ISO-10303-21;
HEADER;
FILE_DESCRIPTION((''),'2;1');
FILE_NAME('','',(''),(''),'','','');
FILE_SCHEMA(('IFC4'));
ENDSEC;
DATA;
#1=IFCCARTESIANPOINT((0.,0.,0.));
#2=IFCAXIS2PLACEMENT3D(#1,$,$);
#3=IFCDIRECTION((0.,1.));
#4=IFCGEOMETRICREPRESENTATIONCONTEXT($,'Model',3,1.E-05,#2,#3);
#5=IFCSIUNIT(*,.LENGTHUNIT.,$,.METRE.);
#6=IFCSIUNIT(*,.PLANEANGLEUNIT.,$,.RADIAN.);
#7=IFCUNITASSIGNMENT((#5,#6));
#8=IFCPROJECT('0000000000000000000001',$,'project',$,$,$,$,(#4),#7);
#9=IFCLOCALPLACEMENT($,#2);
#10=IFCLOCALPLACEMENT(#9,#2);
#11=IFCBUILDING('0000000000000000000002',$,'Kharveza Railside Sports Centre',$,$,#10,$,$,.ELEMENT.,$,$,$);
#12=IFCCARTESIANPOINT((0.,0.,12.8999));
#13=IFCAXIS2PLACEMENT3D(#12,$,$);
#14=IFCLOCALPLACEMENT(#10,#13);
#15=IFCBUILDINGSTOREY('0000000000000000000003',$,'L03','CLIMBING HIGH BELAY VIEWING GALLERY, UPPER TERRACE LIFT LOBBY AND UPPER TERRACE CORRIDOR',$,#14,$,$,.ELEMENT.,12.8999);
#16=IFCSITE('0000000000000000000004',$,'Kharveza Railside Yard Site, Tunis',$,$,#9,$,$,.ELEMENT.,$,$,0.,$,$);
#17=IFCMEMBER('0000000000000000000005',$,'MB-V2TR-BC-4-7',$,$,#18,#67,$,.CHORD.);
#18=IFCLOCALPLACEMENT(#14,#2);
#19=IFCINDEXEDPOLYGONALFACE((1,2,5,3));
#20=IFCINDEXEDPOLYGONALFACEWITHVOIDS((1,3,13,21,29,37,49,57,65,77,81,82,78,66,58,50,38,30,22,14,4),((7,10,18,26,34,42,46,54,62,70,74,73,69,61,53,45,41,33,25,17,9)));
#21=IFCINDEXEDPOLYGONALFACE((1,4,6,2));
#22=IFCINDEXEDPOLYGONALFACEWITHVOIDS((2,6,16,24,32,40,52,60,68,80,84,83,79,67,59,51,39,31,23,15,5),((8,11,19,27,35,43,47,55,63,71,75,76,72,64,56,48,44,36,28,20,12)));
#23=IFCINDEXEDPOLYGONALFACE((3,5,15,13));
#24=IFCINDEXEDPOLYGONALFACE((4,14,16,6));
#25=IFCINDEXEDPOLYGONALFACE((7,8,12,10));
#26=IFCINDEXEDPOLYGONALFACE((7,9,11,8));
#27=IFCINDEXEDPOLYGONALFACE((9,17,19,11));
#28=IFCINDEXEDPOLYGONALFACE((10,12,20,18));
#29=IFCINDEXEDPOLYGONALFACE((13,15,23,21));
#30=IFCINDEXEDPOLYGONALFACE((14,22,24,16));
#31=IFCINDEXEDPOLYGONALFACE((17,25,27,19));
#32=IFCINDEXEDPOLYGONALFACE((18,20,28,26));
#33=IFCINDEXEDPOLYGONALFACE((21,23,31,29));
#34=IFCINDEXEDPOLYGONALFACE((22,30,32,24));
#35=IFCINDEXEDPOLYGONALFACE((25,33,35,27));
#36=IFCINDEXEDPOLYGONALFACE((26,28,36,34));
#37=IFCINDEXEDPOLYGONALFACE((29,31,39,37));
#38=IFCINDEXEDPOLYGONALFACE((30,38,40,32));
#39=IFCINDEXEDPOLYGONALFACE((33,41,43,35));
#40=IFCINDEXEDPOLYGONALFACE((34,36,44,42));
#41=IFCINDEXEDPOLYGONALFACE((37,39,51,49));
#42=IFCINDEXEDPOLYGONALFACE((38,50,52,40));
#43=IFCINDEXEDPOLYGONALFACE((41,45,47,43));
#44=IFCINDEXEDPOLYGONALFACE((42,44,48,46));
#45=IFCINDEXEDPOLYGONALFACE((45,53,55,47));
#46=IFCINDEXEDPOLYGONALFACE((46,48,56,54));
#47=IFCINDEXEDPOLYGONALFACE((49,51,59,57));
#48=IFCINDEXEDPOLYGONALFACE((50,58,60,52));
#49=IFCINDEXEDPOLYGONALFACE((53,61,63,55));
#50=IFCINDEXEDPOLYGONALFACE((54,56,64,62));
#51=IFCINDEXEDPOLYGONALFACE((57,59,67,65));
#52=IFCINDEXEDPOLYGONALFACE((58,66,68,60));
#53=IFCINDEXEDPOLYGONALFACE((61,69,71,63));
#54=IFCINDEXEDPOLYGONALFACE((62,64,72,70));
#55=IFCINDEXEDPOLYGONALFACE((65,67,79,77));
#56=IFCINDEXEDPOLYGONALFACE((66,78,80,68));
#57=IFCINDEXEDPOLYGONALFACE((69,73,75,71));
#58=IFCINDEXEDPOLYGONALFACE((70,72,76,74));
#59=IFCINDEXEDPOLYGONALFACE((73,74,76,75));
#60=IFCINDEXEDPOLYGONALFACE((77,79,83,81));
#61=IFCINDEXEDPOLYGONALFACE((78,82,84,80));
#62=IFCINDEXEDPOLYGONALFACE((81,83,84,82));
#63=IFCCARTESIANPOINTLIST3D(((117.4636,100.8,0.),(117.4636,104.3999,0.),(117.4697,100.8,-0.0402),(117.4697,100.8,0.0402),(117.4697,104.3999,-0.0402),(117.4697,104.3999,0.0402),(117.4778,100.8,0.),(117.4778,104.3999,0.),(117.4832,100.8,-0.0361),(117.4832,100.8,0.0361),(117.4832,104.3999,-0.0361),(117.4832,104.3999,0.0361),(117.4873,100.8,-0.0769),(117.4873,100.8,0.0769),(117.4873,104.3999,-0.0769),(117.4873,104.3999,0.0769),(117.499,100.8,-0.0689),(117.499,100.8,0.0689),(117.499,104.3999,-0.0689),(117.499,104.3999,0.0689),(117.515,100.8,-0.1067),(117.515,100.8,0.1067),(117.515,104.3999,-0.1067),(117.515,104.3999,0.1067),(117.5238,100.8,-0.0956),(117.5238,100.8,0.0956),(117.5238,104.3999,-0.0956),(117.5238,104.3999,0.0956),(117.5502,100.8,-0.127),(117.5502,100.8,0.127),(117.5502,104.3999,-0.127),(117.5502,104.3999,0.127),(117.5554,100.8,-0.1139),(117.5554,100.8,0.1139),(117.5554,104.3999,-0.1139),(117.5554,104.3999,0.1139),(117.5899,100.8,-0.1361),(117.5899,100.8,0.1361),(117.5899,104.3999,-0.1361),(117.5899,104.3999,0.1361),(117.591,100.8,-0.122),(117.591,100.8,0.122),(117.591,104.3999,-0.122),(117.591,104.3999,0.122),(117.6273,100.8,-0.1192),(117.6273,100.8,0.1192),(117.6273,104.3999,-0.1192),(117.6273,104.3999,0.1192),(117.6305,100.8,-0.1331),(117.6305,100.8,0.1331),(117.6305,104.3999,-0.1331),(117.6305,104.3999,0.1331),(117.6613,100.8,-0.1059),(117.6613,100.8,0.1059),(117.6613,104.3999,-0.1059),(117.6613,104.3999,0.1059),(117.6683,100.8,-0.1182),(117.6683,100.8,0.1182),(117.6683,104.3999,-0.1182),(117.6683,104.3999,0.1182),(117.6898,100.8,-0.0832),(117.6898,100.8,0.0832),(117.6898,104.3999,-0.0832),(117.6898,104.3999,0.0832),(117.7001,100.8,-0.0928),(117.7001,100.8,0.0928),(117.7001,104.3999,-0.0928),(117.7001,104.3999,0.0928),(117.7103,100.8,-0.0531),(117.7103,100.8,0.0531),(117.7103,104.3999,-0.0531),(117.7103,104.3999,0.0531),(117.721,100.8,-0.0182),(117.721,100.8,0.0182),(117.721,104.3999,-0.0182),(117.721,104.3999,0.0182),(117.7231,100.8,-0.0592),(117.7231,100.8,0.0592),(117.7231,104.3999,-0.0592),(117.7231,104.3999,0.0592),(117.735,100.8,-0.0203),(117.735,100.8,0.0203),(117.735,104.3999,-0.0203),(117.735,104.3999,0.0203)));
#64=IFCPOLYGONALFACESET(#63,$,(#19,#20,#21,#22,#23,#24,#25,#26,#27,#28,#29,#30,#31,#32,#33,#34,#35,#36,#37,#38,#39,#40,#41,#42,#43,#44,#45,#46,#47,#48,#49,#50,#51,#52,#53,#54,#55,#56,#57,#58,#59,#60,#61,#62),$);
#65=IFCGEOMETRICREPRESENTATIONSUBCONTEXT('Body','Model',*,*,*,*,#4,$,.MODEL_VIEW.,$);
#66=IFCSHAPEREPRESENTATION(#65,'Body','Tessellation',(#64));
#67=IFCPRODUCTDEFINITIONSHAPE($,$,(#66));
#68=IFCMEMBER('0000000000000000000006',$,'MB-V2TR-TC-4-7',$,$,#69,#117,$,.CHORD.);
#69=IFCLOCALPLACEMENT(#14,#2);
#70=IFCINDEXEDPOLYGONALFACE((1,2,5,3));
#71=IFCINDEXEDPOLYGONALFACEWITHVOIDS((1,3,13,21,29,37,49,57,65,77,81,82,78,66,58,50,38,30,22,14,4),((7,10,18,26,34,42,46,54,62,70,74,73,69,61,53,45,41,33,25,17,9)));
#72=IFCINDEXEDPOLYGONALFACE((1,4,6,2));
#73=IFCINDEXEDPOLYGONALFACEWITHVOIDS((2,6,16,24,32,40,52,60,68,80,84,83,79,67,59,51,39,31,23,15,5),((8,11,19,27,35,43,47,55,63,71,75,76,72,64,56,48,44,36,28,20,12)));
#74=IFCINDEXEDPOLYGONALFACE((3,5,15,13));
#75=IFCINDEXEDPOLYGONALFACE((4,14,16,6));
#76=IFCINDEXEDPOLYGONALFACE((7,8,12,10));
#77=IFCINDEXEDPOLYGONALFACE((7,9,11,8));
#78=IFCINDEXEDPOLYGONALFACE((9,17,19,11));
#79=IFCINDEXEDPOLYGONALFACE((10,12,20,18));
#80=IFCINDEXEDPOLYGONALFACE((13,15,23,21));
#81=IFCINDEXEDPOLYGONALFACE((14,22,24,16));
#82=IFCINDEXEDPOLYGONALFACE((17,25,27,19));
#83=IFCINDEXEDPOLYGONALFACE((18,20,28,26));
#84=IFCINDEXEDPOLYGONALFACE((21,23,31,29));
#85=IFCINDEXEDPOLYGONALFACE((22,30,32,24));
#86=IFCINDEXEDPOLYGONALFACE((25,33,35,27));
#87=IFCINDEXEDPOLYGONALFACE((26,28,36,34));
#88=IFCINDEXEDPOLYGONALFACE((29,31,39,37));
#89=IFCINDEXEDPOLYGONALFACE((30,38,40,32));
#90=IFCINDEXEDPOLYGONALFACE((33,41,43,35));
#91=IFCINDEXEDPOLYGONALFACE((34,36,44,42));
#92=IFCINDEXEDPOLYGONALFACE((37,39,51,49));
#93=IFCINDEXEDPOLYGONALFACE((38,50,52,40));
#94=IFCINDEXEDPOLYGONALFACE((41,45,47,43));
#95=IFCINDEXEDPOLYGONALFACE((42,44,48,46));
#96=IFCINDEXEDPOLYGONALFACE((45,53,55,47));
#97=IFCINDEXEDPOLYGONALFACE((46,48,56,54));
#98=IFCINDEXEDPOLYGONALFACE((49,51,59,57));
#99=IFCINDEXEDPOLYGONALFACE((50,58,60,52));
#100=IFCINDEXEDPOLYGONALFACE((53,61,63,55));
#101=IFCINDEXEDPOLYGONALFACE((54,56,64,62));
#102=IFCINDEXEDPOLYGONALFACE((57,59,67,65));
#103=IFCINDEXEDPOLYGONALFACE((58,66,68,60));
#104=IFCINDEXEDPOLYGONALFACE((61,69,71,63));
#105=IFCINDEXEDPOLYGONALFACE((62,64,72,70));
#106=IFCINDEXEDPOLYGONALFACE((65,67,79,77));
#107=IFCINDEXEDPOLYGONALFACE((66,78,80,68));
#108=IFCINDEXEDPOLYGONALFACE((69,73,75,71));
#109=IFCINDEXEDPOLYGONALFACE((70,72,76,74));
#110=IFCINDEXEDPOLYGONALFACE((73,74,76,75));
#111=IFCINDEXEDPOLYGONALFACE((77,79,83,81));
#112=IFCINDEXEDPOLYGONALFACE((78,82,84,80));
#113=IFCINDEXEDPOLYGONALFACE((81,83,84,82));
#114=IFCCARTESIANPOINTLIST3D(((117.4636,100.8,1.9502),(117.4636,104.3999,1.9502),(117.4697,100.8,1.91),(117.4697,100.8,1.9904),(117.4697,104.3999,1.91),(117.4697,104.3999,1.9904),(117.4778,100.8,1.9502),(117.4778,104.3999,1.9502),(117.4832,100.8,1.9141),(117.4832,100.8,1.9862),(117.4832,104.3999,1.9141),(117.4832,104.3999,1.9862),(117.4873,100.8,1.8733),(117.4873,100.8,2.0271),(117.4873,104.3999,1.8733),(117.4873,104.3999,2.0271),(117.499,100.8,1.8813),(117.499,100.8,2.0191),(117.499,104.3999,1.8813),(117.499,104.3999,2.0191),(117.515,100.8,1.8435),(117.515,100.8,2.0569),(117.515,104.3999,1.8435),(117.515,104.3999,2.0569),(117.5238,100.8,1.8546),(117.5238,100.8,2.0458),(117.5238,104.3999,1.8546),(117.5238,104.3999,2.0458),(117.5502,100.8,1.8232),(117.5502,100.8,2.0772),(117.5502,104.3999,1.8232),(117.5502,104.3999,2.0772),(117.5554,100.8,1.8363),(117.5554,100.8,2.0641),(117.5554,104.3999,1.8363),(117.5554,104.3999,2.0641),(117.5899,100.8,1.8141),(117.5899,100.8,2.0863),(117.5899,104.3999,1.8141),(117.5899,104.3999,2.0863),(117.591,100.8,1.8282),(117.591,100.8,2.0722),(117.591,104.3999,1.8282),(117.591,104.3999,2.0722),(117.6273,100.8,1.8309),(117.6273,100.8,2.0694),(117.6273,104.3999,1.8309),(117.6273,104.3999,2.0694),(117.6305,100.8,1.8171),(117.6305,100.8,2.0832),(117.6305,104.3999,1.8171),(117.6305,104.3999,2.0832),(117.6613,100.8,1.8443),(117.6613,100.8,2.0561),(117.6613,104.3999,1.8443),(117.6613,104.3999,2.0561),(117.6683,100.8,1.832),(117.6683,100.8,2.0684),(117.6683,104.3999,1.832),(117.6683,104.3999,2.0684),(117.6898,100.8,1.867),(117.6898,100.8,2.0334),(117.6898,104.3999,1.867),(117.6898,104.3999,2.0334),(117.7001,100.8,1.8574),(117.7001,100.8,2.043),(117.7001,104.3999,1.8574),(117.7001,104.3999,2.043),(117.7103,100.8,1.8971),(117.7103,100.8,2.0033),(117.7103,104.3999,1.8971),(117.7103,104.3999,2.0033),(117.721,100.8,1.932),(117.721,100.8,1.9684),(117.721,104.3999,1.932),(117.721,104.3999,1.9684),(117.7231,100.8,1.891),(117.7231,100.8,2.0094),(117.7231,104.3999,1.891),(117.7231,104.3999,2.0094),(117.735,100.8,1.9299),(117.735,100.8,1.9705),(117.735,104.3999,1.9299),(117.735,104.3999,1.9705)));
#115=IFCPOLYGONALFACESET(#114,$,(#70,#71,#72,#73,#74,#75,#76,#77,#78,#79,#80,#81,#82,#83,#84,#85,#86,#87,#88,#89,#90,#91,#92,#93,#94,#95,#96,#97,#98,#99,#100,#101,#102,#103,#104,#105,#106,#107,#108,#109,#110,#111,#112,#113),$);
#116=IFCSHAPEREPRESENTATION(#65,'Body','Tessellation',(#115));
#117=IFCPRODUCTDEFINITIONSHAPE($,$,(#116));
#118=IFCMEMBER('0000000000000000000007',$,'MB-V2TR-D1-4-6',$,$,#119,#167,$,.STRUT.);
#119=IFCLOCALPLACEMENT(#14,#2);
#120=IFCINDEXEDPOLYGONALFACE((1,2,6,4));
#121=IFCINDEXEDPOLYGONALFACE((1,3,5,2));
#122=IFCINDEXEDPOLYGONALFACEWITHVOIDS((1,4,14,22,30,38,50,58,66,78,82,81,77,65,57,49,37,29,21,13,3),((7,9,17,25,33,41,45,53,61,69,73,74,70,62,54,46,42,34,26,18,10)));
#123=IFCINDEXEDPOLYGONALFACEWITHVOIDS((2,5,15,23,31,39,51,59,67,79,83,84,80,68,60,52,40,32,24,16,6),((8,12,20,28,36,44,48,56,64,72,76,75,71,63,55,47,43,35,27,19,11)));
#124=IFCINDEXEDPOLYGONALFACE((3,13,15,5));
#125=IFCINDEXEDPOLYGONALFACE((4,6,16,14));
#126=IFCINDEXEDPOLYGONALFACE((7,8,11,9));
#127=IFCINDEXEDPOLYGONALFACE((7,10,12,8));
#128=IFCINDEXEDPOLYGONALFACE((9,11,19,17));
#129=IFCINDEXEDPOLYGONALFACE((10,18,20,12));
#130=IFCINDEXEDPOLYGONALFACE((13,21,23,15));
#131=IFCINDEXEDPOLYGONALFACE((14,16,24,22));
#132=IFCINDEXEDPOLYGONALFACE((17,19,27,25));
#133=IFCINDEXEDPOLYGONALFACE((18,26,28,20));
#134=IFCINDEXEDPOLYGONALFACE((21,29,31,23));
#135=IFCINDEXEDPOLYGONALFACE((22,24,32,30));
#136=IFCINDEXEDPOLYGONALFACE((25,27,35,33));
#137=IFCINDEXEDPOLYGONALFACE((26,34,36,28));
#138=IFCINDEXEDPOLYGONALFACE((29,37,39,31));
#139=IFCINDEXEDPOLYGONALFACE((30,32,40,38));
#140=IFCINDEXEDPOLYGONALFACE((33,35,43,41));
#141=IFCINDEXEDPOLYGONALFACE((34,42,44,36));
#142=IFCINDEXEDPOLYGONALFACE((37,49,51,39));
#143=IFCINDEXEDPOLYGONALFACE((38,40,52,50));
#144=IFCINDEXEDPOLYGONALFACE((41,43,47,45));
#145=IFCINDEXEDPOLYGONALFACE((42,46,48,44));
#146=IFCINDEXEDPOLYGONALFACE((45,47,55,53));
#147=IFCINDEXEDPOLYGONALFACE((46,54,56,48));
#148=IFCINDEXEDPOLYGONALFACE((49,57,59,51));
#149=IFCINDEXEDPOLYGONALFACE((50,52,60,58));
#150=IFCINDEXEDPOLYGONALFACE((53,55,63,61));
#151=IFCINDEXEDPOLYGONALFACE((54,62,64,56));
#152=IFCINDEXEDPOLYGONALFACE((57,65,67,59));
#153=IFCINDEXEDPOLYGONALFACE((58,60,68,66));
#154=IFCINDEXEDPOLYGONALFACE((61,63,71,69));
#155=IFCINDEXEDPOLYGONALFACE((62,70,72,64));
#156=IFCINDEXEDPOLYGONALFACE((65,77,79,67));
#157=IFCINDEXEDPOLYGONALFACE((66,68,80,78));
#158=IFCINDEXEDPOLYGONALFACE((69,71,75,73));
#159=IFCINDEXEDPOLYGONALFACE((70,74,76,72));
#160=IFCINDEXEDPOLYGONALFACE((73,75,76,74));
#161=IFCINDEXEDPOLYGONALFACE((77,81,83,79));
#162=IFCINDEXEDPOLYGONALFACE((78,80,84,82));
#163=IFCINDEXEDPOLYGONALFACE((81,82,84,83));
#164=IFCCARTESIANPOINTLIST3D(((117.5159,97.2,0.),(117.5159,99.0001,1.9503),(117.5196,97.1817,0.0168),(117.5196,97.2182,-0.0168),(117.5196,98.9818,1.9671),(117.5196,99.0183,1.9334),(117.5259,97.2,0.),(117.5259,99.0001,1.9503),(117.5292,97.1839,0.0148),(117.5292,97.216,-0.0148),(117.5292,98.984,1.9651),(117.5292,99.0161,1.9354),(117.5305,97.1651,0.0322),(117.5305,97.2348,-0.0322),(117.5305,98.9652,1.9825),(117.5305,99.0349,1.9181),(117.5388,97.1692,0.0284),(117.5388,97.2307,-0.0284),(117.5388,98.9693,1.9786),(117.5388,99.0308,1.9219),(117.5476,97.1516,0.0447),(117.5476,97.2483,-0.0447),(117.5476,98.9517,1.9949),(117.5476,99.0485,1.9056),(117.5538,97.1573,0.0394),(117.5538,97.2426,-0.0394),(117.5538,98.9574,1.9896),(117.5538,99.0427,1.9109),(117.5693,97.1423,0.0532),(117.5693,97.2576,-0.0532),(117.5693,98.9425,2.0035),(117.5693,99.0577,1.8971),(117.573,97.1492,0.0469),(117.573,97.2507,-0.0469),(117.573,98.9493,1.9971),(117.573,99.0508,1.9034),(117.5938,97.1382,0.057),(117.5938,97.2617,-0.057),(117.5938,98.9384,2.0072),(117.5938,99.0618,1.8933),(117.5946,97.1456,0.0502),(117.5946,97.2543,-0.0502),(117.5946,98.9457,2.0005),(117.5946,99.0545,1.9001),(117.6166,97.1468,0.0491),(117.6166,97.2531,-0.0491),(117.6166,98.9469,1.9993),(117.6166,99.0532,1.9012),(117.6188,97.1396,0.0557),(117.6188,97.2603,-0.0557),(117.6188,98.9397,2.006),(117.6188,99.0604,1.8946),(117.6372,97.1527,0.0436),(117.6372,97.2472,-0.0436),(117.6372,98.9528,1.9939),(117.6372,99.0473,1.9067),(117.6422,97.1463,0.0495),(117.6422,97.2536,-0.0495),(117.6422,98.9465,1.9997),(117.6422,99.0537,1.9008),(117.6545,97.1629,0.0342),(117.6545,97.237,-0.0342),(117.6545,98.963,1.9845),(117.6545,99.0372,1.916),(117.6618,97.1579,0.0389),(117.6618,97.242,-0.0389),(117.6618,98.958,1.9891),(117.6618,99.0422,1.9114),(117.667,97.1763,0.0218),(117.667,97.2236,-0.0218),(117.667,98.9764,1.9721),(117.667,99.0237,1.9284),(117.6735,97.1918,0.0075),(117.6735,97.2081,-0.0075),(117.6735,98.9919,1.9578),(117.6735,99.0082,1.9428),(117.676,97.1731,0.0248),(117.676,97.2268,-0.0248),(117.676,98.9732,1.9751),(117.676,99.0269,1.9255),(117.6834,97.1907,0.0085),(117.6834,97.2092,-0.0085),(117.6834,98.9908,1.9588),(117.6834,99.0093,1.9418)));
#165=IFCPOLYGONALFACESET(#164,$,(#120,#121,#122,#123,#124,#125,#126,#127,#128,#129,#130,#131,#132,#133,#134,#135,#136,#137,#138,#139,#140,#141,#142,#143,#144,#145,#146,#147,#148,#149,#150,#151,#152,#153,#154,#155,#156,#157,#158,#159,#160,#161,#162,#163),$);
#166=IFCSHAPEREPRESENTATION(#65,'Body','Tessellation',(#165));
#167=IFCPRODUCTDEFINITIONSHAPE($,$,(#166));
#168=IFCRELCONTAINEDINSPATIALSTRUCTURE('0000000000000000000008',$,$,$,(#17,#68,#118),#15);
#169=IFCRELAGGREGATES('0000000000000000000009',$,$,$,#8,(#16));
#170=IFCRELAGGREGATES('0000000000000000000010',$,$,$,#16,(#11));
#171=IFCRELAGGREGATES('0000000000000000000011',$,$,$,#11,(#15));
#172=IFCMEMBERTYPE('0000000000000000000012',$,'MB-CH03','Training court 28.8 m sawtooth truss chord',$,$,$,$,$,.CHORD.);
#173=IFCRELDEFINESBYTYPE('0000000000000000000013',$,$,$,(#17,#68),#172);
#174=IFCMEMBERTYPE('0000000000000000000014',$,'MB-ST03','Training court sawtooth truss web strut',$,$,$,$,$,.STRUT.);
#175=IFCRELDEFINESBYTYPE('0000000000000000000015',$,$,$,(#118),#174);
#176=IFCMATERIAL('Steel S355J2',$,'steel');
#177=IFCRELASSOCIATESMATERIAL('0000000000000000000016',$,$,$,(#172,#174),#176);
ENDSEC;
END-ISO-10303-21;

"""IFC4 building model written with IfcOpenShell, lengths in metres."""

from ifc_helpers import new_model, si_unit, direction, frame, origin, origin_2d, place, context, subcontext, project, spatial, hollow_circle, extrude, material, material_profile, profile_set, type_object, element, save


model = new_model("IFC4")

# Units and contexts
model_context = context("Model", 3, precision=1e-05, world=origin(), true_north=direction((0.0, 1.0)))
body_context = subcontext(model_context, "Body", "Model", "MODEL_VIEW")
ifc_project = project(units=[si_unit("LENGTHUNIT", "METRE"), si_unit("PLANEANGLEUNIT", "RADIAN")], contexts=[model_context])

# Site, building, storey
site_placement = place(None, origin())
site = spatial("IfcSite", under=ifc_project, at=site_placement, Name="Kharveza Railside Yard Site, Tunis", CompositionType="ELEMENT", RefElevation=0.0)
building_placement = place(site_placement, origin())
building = spatial("IfcBuilding", under=site, at=building_placement, Name="Kharveza Railside Sports Centre", CompositionType="ELEMENT")
storey_placement = place(building_placement, frame((0.0, 0.0, 12.8999)))
storey = spatial("IfcBuildingStorey", under=building, at=storey_placement, Name="L03", Description="CLIMBING HIGH BELAY VIEWING GALLERY, UPPER TERRACE LIFT LOBBY AND UPPER TERRACE CORRIDOR", CompositionType="ELEMENT", Elevation=12.8999)

# Shared definitions
ifc_material_1 = material(Name="Steel S355J2", Category="steel")

# Members
ifc_material_profile_1 = material_profile(ifc_material_1, hollow_circle(Radius=0.1365, WallThickness=0.0142, at=origin_2d()), Name="CHS 273.0x14.2")
ifc_profile_set_1 = profile_set([ifc_material_profile_1], Name="Steel S355J2")
member_type_1 = type_object("IfcMemberType", Name="MB-CH03", Description="Training court 28.8 m sawtooth truss chord", PredefinedType="CHORD", material=ifc_profile_set_1)
for number, where, z_axis, x_axis, name in (
    (1, (117.6001, 100.8, 0.0), (0.0, 1.0, 0.0), (-1.0, 0.0, 0.0), "MB-V2TR-BC-4-7"),
    (2, (117.6001, 100.8, 1.9502), (0.0, 1.0, 0.0), (-1.0, 0.0, 0.0), "MB-V2TR-TC-4-7"),
):
    element("IfcMember", number, at=place(storey_placement, frame(where, z_axis=z_axis, x_axis=x_axis)), inside=storey, type_object=member_type_1, Name=name, PredefinedType="CHORD", context=body_context, shape_type="SweptSolid", body=[
        extrude(hollow_circle(Radius=0.1365, WallThickness=0.0142, at=origin_2d()), origin(), (0.0, 0.0, 1.0), 3.5999),
    ])
ifc_material_profile_2 = material_profile(ifc_material_1, hollow_circle(Radius=0.0842, WallThickness=0.01, at=origin_2d()), Name="CHS 168.3x10.0")
ifc_profile_set_2 = profile_set([ifc_material_profile_2], Name="Steel S355J2")
member_type_2 = type_object("IfcMemberType", Name="MB-ST03", Description="Training court sawtooth truss web strut", PredefinedType="STRUT", material=ifc_profile_set_2)
for number, where, z_axis, x_axis, name in (
    (3, (117.6001, 97.2, 0.0), (0.0, 0.678253, 0.734828), (-1.0, 0.0, 0.0), "MB-V2TR-D1-4-6"),
):
    element("IfcMember", number, at=place(storey_placement, frame(where, z_axis=z_axis, x_axis=x_axis)), inside=storey, type_object=member_type_2, Name=name, PredefinedType="STRUT", context=body_context, shape_type="SweptSolid", body=[
        extrude(hollow_circle(Radius=0.0842, WallThickness=0.01, at=origin_2d()), origin(), (0.0, 0.0, 1.0), 2.6541),
    ])

save(model, "model.ifc")
